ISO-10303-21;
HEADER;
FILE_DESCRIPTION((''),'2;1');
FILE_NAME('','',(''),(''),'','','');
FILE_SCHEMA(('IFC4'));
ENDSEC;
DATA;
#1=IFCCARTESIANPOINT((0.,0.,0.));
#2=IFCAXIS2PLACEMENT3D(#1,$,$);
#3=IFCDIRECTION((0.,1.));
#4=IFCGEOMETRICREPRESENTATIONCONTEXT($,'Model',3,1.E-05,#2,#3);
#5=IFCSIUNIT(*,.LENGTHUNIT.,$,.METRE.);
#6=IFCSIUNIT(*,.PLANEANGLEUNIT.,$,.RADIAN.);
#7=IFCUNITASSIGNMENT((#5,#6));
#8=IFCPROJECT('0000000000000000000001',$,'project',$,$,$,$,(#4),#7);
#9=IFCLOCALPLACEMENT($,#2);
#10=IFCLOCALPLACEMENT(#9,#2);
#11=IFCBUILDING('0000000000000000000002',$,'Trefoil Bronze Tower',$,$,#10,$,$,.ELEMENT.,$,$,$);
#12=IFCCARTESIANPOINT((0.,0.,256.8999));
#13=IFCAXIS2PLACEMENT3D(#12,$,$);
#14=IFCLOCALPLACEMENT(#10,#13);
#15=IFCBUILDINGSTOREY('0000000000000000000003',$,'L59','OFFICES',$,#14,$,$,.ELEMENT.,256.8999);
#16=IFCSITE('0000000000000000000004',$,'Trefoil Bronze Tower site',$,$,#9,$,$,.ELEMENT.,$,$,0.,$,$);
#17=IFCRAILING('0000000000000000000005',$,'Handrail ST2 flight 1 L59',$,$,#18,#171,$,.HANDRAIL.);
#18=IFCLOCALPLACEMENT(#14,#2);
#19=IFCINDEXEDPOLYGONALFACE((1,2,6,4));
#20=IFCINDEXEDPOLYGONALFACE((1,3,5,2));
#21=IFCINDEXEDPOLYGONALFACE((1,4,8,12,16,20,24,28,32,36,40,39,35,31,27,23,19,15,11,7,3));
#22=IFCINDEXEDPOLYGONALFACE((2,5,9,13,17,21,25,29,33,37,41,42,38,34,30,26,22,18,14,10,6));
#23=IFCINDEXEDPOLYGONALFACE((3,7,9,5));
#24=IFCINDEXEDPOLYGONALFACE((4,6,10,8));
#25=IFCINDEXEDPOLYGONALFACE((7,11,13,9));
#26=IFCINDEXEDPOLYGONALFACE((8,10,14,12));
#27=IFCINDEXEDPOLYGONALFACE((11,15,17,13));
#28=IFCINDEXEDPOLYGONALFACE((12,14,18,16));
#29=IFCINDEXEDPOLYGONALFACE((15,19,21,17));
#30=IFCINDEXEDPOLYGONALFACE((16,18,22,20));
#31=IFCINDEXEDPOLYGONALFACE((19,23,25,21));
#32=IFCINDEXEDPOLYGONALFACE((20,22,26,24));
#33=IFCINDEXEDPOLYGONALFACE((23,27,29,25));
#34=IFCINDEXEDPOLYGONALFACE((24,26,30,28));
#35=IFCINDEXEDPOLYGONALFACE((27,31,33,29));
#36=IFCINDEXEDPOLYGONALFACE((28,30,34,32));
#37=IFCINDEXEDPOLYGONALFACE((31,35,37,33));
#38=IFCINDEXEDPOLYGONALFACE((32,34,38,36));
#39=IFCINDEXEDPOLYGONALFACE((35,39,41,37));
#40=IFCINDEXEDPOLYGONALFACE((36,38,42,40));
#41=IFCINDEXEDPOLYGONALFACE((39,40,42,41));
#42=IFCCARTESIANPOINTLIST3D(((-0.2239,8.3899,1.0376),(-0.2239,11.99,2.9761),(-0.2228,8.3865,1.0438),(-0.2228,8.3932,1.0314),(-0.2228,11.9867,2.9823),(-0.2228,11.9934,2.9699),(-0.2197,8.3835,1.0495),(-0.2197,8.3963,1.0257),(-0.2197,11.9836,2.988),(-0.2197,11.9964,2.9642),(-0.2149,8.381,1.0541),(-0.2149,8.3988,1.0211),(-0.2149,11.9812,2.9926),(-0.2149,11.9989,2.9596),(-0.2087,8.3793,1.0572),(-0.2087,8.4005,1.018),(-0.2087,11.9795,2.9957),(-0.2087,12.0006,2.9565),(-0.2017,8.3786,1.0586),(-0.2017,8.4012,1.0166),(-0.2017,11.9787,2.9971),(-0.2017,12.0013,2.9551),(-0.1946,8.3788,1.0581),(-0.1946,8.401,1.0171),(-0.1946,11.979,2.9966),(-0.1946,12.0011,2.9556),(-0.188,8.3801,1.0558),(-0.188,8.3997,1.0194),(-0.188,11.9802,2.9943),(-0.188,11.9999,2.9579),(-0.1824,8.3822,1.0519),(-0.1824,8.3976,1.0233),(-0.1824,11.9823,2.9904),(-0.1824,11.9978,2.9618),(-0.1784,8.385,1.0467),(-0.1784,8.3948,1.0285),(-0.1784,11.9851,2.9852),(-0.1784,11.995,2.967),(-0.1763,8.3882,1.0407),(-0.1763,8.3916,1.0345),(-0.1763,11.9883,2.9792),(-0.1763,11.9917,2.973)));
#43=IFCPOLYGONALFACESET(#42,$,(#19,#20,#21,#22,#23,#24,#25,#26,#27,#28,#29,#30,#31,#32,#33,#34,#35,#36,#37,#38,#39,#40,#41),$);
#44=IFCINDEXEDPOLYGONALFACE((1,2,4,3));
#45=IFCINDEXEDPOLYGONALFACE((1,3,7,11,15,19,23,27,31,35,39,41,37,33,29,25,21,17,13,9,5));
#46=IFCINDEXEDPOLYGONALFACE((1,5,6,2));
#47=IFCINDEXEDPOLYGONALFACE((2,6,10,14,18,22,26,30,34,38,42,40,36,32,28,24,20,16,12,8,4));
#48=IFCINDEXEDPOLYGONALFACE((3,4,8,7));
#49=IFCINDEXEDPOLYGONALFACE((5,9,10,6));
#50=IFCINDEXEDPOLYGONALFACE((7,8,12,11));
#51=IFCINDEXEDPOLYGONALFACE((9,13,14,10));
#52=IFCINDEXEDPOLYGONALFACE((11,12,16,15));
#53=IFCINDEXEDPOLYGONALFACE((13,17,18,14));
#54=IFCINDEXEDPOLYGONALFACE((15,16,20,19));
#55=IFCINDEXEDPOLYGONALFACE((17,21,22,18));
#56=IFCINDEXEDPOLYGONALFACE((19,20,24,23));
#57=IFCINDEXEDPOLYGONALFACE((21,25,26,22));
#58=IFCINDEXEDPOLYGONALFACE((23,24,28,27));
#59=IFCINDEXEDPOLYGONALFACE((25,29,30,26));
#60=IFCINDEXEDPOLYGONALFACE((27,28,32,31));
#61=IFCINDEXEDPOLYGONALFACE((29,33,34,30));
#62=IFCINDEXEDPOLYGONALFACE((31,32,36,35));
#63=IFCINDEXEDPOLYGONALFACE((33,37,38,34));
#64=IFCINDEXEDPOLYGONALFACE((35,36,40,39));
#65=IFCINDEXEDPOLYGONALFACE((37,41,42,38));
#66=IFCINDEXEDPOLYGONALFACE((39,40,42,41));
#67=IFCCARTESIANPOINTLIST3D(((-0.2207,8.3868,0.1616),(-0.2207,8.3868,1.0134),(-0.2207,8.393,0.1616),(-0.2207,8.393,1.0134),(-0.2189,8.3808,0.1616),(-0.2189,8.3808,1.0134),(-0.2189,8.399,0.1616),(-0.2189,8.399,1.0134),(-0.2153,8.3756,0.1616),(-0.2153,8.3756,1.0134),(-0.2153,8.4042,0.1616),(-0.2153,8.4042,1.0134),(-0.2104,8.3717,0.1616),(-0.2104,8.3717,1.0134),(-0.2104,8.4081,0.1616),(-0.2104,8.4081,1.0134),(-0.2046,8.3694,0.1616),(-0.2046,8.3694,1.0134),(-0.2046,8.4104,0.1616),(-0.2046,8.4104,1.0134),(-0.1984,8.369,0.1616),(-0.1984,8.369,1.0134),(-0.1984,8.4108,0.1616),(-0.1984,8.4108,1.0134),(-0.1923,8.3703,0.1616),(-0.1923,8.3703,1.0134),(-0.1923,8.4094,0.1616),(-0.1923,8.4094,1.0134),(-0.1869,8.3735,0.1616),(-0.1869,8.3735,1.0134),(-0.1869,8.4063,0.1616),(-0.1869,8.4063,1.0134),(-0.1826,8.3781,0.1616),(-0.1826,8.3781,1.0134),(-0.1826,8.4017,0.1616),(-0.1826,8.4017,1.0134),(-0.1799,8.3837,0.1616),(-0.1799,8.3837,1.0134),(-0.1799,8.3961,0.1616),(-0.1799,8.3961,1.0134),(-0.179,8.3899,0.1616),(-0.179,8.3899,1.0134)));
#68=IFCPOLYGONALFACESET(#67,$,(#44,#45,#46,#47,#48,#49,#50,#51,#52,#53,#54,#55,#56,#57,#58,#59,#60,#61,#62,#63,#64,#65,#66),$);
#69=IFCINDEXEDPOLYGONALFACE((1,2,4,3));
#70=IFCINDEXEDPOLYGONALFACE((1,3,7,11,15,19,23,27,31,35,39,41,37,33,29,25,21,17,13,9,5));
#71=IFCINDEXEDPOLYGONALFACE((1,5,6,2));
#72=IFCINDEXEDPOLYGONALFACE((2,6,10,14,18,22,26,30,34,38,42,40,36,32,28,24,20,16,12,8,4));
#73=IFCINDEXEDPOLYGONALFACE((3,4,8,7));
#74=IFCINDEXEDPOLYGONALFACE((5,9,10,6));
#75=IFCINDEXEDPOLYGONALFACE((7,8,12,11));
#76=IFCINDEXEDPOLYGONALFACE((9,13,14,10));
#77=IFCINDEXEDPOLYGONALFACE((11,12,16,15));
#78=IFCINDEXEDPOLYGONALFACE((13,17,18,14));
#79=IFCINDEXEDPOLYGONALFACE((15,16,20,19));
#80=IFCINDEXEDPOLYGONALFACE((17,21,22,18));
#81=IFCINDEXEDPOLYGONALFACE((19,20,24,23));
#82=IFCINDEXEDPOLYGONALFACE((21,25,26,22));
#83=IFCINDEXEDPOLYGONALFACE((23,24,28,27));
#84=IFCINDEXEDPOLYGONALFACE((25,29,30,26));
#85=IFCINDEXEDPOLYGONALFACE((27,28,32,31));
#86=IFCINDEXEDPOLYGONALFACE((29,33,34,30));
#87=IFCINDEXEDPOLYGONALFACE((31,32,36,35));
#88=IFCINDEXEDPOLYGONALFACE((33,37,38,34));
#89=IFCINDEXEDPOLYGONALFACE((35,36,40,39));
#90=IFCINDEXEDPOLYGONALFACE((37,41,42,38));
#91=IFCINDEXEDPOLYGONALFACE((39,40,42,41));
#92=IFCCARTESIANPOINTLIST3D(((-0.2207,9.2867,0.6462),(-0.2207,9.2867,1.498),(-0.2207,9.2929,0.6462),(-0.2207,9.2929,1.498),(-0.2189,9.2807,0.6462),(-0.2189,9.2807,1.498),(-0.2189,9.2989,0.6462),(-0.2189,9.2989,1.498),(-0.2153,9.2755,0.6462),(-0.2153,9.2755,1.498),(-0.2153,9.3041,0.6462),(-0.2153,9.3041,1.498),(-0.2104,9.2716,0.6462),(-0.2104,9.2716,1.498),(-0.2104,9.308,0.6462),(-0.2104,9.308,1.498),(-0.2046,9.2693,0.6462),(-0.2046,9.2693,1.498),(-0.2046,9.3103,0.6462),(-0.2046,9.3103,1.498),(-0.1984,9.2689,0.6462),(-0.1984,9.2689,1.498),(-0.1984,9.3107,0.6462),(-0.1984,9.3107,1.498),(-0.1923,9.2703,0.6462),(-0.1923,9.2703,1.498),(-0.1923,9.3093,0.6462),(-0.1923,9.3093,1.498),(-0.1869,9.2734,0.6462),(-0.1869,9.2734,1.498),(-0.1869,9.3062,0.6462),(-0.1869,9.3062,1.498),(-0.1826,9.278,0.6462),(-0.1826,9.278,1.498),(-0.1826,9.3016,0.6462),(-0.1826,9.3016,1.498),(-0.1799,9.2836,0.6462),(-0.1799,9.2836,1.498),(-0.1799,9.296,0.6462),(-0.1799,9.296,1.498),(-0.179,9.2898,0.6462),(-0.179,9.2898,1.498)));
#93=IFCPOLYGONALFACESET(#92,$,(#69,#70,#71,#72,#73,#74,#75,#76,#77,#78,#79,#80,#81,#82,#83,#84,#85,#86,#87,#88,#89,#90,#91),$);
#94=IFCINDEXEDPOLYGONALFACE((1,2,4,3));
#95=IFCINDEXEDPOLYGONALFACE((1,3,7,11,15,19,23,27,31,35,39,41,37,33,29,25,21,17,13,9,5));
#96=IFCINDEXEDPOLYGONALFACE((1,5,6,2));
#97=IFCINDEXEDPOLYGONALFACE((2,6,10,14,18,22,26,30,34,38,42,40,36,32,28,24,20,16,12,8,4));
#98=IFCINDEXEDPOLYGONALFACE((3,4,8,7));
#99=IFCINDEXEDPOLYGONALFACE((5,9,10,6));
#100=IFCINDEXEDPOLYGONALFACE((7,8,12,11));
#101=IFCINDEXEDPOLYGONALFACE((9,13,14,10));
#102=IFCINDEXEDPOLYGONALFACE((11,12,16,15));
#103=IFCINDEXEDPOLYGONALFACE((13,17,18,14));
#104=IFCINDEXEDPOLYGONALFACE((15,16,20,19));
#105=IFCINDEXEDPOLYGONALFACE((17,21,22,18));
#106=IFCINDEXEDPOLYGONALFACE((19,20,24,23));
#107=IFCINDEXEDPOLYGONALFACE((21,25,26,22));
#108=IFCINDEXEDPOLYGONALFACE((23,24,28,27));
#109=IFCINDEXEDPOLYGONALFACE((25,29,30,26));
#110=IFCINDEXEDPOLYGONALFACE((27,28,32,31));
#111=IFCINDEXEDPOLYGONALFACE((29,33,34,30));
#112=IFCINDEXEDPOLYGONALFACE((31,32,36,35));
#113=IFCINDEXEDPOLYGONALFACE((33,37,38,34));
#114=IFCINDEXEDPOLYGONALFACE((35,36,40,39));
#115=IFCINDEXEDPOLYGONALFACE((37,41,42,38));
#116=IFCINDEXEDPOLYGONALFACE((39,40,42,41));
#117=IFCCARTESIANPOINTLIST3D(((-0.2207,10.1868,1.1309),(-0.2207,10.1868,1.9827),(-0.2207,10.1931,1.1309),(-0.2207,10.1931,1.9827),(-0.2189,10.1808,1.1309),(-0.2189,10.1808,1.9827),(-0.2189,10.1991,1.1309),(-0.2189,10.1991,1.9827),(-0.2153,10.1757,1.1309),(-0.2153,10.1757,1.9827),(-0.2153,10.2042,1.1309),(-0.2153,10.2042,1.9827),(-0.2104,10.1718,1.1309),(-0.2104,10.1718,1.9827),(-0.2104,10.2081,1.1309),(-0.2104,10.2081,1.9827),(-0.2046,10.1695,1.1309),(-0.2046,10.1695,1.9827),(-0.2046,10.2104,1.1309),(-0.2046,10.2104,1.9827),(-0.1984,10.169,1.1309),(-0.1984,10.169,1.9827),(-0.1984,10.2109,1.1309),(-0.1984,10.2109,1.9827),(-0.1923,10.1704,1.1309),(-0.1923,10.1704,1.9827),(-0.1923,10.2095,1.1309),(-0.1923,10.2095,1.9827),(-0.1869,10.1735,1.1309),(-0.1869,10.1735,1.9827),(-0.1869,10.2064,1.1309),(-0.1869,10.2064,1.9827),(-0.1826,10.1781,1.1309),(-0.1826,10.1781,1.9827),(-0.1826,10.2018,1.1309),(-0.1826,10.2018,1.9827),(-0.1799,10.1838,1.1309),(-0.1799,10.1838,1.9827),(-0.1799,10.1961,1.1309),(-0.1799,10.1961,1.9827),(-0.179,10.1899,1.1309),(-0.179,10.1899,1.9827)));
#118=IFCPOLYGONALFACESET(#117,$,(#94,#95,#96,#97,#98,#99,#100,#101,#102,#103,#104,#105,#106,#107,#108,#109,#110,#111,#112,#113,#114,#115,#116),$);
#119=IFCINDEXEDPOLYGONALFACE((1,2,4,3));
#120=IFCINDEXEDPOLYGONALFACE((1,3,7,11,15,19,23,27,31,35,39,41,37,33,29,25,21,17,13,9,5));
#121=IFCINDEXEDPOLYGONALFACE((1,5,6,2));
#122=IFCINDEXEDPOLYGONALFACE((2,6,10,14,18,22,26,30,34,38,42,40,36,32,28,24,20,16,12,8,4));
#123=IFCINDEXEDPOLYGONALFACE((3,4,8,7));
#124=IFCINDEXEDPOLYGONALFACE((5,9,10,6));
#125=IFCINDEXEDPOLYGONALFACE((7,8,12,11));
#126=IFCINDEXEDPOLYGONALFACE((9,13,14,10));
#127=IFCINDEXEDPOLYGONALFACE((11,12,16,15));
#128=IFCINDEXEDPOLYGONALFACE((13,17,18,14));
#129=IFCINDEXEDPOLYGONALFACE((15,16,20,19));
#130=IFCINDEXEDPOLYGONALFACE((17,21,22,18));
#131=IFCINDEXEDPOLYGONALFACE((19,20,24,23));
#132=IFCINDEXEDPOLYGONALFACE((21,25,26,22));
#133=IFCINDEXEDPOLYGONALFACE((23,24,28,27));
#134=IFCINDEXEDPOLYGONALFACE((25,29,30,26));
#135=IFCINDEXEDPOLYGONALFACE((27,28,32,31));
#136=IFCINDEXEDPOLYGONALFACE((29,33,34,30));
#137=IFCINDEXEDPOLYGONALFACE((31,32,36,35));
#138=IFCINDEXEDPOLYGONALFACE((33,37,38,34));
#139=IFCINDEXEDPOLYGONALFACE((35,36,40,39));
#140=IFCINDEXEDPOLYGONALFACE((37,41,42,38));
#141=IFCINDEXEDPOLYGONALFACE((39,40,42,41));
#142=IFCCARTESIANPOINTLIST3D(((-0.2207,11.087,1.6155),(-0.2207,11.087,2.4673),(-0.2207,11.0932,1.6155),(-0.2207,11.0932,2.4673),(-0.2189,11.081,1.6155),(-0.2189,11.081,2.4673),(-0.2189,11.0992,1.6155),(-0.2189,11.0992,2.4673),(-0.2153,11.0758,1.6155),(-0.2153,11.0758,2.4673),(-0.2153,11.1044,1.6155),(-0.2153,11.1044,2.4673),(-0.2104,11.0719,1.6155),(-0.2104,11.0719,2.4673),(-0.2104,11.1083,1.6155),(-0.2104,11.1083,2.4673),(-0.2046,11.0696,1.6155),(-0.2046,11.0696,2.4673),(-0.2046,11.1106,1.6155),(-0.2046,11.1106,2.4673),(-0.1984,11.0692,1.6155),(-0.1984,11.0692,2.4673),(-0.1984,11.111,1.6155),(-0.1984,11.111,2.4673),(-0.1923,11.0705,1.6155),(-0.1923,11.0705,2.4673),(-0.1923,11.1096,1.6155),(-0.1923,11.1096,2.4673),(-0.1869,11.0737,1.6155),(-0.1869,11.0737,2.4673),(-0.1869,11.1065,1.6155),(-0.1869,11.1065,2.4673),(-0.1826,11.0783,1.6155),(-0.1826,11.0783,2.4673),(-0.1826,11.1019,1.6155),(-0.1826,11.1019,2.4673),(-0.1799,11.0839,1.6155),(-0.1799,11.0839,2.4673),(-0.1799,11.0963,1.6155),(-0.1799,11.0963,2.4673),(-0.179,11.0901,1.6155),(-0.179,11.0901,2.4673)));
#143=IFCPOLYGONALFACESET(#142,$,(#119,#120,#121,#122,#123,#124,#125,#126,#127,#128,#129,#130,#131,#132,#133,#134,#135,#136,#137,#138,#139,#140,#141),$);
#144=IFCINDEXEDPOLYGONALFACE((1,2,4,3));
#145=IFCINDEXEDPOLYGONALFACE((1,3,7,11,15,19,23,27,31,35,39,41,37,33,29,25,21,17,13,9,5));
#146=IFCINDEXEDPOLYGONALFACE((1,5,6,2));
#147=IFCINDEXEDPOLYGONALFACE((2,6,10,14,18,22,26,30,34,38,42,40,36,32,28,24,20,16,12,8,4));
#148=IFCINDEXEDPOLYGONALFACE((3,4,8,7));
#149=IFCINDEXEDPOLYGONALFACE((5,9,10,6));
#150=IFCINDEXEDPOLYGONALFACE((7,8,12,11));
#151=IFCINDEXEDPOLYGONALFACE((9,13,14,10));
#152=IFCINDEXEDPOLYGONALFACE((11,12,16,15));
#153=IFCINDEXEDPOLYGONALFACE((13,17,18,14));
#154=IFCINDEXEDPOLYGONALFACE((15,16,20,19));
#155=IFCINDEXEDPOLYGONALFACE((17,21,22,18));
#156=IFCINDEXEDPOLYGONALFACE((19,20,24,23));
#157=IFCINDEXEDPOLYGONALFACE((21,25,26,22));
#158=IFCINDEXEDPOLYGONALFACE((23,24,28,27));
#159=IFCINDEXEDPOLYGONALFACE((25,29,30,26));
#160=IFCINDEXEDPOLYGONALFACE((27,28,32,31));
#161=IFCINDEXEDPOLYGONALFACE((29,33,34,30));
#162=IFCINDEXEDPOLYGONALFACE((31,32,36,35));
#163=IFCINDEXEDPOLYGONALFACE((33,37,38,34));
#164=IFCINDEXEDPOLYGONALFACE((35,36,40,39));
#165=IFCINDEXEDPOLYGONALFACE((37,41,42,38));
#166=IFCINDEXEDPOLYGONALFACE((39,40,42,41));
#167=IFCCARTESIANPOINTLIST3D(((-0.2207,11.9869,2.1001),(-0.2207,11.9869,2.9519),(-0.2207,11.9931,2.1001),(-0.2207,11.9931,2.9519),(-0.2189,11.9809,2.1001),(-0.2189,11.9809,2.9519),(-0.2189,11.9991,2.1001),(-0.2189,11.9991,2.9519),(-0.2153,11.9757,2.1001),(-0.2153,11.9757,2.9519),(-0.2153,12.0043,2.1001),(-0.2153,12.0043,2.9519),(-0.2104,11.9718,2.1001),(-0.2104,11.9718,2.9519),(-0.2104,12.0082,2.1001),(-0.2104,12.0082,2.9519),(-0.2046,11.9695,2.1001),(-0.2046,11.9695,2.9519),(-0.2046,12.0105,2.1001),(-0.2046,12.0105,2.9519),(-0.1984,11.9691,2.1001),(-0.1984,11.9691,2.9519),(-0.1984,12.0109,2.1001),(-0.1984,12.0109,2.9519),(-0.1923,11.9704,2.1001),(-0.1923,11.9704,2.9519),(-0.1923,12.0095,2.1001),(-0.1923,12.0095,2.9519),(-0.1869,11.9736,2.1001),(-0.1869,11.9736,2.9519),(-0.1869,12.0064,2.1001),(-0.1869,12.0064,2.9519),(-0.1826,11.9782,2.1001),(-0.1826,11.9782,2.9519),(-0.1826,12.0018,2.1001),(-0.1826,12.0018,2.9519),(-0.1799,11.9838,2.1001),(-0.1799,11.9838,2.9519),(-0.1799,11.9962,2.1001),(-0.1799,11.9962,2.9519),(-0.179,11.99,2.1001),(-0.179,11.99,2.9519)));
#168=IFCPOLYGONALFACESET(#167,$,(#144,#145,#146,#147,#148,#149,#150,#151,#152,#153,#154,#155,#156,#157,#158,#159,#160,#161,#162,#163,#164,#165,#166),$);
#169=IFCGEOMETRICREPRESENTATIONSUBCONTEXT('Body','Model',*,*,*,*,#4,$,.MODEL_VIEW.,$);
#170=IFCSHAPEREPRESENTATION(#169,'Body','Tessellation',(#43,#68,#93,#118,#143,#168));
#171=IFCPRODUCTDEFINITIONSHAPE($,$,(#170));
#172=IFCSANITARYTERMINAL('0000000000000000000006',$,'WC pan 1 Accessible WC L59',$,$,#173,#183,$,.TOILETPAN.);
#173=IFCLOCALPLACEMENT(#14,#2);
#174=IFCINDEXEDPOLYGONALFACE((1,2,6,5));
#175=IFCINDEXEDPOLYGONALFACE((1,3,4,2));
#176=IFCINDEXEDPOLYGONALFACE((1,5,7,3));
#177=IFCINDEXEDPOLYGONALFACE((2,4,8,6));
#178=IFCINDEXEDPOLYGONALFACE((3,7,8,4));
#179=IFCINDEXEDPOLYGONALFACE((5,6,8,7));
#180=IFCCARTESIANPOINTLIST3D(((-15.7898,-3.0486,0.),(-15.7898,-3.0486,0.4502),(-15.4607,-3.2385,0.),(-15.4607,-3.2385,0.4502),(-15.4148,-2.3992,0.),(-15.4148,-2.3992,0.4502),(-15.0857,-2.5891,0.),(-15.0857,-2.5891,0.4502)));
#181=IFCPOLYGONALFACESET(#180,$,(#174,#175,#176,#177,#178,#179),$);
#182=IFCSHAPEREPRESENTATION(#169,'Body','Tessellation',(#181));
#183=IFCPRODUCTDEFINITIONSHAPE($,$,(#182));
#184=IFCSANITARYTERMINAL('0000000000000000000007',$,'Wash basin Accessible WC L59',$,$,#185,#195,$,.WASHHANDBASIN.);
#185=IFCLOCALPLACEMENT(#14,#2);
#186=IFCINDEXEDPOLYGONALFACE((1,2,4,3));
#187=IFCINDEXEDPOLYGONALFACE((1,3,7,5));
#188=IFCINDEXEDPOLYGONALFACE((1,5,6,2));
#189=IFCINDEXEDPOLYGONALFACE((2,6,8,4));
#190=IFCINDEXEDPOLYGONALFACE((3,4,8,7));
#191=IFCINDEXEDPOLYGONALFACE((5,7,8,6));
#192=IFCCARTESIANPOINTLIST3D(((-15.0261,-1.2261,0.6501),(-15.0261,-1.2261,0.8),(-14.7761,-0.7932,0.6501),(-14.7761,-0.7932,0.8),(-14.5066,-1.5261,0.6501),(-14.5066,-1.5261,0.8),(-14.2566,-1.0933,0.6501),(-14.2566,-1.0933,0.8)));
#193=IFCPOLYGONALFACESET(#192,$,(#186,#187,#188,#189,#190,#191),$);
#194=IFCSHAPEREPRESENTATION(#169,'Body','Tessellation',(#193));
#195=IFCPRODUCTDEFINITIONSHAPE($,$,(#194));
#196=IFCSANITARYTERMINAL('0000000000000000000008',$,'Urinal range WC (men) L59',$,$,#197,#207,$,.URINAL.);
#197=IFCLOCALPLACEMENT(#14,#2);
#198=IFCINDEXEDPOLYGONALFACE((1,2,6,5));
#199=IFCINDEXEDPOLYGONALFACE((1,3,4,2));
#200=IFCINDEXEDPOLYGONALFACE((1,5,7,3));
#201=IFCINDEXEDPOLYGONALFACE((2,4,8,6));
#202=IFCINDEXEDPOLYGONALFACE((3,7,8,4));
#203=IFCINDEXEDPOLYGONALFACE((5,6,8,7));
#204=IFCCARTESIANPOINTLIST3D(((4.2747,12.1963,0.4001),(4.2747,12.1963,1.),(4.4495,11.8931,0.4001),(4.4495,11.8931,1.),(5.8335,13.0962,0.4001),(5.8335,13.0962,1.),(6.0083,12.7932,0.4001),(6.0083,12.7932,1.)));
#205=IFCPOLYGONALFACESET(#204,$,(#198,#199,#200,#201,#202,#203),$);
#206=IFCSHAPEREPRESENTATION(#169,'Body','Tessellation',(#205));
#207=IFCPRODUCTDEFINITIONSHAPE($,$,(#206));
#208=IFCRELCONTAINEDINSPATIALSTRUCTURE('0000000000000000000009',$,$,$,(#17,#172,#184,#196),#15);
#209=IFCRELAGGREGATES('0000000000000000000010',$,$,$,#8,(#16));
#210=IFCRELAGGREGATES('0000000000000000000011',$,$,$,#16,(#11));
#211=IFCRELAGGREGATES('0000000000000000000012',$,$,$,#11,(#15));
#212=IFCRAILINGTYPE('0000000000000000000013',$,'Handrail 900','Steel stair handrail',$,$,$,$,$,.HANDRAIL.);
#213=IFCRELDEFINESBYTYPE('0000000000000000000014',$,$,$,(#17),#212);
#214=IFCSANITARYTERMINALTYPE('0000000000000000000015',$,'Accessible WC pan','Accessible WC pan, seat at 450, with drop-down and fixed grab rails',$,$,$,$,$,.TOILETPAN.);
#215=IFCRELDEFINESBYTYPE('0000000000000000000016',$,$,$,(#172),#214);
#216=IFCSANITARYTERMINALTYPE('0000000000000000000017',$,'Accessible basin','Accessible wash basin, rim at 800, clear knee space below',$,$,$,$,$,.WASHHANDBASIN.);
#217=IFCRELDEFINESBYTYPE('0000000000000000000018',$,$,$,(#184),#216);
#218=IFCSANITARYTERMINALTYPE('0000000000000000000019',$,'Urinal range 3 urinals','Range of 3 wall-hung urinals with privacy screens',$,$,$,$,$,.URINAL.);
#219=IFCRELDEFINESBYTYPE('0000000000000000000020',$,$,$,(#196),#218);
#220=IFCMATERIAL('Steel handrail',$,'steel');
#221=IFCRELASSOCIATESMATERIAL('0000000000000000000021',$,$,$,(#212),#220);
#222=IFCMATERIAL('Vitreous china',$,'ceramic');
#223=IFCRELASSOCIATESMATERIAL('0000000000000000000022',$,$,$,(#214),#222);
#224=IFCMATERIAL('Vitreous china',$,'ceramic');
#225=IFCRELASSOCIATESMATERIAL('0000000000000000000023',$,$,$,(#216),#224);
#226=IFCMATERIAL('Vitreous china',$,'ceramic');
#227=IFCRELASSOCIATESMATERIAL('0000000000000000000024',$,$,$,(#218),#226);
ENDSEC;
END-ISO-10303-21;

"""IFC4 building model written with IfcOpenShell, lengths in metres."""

from ifc_helpers import new_model, si_unit, direction, frame, origin, origin_2d, place, context, subcontext, project, spatial, polyline, circle, outline, extrude, material, type_object, element, save


model = new_model("IFC4")

# Units and contexts
model_context = context("Model", 3, precision=1e-05, world=origin(), true_north=direction((0.0, 1.0)))
body_context = subcontext(model_context, "Body", "Model", "MODEL_VIEW")
ifc_project = project(units=[si_unit("LENGTHUNIT", "METRE"), si_unit("PLANEANGLEUNIT", "RADIAN")], contexts=[model_context])

# Site, building, storey
site_placement = place(None, origin())
site = spatial("IfcSite", under=ifc_project, at=site_placement, Name="Trefoil Bronze Tower site", CompositionType="ELEMENT", RefElevation=0.0)
building_placement = place(site_placement, origin())
building = spatial("IfcBuilding", under=site, at=building_placement, Name="Trefoil Bronze Tower", CompositionType="ELEMENT")
storey_placement = place(building_placement, frame((0.0, 0.0, 256.8999)))
storey = spatial("IfcBuildingStorey", under=building, at=storey_placement, Name="L59", Description="OFFICES", CompositionType="ELEMENT", Elevation=256.8999)

# Railing
ifc_material_1 = material(Name="Steel handrail", Category="steel")
railing_type = type_object("IfcRailingType", Name="Handrail 900", Description="Steel stair handrail", PredefinedType="HANDRAIL", material=ifc_material_1)
railing_placement = place(storey_placement, frame((-0.2, 8.3899, 0.1616)))
element("IfcRailing", 1, at=railing_placement, inside=storey, type_object=railing_type, Name="Handrail ST2 flight 1 L59", PredefinedType="HANDRAIL", context=body_context, shape_type="SweptSolid", body=[
    extrude(circle(Radius=0.0239, at=origin_2d()), frame((0.0, 0.0, 0.876), z_axis=(0.0, 0.880475, 0.474093), x_axis=(-1.0, 0.0, 0.0)), (0.0, 0.0, 1.0), 4.0889),
    extrude(circle(Radius=0.021, at=origin_2d()), origin(), (0.0, 0.0, 1.0), 0.8518),
    extrude(circle(Radius=0.021, at=origin_2d()), frame((0.0, 0.8999, 0.4846)), (0.0, 0.0, 1.0), 0.8518),
    extrude(circle(Radius=0.021, at=origin_2d()), frame((0.0, 1.8, 0.9692)), (0.0, 0.0, 1.0), 0.8518),
    extrude(circle(Radius=0.021, at=origin_2d()), frame((0.0, 2.7002, 1.4539)), (0.0, 0.0, 1.0), 0.8518),
    extrude(circle(Radius=0.021, at=origin_2d()), frame((0.0, 3.6001, 1.9385)), (0.0, 0.0, 1.0), 0.8518),
])

# Sanitary terminals
ifc_material_2 = material(Name="Vitreous china", Category="ceramic")
sanitary_terminal_type_1 = type_object("IfcSanitaryTerminalType", Name="Accessible WC pan", Description="Accessible WC pan, seat at 450, with drop-down and fixed grab rails", PredefinedType="TOILETPAN", material=ifc_material_2)
sanitary_terminal_1_placement = place(storey_placement, origin())
element("IfcSanitaryTerminal", 2, at=sanitary_terminal_1_placement, inside=storey, type_object=sanitary_terminal_type_1, Name="WC pan 1 Accessible WC L59", PredefinedType="TOILETPAN", context=body_context, shape_type="SweptSolid", body=[
    extrude(outline(polyline([(-15.0857, -2.5891), (-15.4607, -3.2385), (-15.7898, -3.0486), (-15.4148, -2.3992), (-15.0857, -2.5891)])), origin(), (0.0, 0.0, 1.0), 0.4502),
])
ifc_material_3 = material(Name="Vitreous china", Category="ceramic")
sanitary_terminal_type_2 = type_object("IfcSanitaryTerminalType", Name="Accessible basin", Description="Accessible wash basin, rim at 800, clear knee space below", PredefinedType="WASHHANDBASIN", material=ifc_material_3)
sanitary_terminal_2_placement = place(storey_placement, frame((0.0, 0.0, 0.6501)))
element("IfcSanitaryTerminal", 3, at=sanitary_terminal_2_placement, inside=storey, type_object=sanitary_terminal_type_2, Name="Wash basin Accessible WC L59", PredefinedType="WASHHANDBASIN", context=body_context, shape_type="SweptSolid", body=[
    extrude(outline(polyline([(-14.2566, -1.0933), (-14.5066, -1.5261), (-15.0261, -1.2261), (-14.7761, -0.7932), (-14.2566, -1.0933)])), origin(), (0.0, 0.0, 1.0), 0.1499),
])
ifc_material_4 = material(Name="Vitreous china", Category="ceramic")
sanitary_terminal_type_3 = type_object("IfcSanitaryTerminalType", Name="Urinal range 3 urinals", Description="Range of 3 wall-hung urinals with privacy screens", PredefinedType="URINAL", material=ifc_material_4)
sanitary_terminal_3_placement = place(storey_placement, frame((0.0, 0.0, 0.4001)))
element("IfcSanitaryTerminal", 4, at=sanitary_terminal_3_placement, inside=storey, type_object=sanitary_terminal_type_3, Name="Urinal range WC (men) L59", PredefinedType="URINAL", context=body_context, shape_type="SweptSolid", body=[
    extrude(outline(polyline([(4.4495, 11.8931), (4.2747, 12.1963), (5.8335, 13.0962), (6.0083, 12.7932), (4.4495, 11.8931)])), origin(), (0.0, 0.0, 1.0), 0.5999),
])

save(model, "model.ifc")
